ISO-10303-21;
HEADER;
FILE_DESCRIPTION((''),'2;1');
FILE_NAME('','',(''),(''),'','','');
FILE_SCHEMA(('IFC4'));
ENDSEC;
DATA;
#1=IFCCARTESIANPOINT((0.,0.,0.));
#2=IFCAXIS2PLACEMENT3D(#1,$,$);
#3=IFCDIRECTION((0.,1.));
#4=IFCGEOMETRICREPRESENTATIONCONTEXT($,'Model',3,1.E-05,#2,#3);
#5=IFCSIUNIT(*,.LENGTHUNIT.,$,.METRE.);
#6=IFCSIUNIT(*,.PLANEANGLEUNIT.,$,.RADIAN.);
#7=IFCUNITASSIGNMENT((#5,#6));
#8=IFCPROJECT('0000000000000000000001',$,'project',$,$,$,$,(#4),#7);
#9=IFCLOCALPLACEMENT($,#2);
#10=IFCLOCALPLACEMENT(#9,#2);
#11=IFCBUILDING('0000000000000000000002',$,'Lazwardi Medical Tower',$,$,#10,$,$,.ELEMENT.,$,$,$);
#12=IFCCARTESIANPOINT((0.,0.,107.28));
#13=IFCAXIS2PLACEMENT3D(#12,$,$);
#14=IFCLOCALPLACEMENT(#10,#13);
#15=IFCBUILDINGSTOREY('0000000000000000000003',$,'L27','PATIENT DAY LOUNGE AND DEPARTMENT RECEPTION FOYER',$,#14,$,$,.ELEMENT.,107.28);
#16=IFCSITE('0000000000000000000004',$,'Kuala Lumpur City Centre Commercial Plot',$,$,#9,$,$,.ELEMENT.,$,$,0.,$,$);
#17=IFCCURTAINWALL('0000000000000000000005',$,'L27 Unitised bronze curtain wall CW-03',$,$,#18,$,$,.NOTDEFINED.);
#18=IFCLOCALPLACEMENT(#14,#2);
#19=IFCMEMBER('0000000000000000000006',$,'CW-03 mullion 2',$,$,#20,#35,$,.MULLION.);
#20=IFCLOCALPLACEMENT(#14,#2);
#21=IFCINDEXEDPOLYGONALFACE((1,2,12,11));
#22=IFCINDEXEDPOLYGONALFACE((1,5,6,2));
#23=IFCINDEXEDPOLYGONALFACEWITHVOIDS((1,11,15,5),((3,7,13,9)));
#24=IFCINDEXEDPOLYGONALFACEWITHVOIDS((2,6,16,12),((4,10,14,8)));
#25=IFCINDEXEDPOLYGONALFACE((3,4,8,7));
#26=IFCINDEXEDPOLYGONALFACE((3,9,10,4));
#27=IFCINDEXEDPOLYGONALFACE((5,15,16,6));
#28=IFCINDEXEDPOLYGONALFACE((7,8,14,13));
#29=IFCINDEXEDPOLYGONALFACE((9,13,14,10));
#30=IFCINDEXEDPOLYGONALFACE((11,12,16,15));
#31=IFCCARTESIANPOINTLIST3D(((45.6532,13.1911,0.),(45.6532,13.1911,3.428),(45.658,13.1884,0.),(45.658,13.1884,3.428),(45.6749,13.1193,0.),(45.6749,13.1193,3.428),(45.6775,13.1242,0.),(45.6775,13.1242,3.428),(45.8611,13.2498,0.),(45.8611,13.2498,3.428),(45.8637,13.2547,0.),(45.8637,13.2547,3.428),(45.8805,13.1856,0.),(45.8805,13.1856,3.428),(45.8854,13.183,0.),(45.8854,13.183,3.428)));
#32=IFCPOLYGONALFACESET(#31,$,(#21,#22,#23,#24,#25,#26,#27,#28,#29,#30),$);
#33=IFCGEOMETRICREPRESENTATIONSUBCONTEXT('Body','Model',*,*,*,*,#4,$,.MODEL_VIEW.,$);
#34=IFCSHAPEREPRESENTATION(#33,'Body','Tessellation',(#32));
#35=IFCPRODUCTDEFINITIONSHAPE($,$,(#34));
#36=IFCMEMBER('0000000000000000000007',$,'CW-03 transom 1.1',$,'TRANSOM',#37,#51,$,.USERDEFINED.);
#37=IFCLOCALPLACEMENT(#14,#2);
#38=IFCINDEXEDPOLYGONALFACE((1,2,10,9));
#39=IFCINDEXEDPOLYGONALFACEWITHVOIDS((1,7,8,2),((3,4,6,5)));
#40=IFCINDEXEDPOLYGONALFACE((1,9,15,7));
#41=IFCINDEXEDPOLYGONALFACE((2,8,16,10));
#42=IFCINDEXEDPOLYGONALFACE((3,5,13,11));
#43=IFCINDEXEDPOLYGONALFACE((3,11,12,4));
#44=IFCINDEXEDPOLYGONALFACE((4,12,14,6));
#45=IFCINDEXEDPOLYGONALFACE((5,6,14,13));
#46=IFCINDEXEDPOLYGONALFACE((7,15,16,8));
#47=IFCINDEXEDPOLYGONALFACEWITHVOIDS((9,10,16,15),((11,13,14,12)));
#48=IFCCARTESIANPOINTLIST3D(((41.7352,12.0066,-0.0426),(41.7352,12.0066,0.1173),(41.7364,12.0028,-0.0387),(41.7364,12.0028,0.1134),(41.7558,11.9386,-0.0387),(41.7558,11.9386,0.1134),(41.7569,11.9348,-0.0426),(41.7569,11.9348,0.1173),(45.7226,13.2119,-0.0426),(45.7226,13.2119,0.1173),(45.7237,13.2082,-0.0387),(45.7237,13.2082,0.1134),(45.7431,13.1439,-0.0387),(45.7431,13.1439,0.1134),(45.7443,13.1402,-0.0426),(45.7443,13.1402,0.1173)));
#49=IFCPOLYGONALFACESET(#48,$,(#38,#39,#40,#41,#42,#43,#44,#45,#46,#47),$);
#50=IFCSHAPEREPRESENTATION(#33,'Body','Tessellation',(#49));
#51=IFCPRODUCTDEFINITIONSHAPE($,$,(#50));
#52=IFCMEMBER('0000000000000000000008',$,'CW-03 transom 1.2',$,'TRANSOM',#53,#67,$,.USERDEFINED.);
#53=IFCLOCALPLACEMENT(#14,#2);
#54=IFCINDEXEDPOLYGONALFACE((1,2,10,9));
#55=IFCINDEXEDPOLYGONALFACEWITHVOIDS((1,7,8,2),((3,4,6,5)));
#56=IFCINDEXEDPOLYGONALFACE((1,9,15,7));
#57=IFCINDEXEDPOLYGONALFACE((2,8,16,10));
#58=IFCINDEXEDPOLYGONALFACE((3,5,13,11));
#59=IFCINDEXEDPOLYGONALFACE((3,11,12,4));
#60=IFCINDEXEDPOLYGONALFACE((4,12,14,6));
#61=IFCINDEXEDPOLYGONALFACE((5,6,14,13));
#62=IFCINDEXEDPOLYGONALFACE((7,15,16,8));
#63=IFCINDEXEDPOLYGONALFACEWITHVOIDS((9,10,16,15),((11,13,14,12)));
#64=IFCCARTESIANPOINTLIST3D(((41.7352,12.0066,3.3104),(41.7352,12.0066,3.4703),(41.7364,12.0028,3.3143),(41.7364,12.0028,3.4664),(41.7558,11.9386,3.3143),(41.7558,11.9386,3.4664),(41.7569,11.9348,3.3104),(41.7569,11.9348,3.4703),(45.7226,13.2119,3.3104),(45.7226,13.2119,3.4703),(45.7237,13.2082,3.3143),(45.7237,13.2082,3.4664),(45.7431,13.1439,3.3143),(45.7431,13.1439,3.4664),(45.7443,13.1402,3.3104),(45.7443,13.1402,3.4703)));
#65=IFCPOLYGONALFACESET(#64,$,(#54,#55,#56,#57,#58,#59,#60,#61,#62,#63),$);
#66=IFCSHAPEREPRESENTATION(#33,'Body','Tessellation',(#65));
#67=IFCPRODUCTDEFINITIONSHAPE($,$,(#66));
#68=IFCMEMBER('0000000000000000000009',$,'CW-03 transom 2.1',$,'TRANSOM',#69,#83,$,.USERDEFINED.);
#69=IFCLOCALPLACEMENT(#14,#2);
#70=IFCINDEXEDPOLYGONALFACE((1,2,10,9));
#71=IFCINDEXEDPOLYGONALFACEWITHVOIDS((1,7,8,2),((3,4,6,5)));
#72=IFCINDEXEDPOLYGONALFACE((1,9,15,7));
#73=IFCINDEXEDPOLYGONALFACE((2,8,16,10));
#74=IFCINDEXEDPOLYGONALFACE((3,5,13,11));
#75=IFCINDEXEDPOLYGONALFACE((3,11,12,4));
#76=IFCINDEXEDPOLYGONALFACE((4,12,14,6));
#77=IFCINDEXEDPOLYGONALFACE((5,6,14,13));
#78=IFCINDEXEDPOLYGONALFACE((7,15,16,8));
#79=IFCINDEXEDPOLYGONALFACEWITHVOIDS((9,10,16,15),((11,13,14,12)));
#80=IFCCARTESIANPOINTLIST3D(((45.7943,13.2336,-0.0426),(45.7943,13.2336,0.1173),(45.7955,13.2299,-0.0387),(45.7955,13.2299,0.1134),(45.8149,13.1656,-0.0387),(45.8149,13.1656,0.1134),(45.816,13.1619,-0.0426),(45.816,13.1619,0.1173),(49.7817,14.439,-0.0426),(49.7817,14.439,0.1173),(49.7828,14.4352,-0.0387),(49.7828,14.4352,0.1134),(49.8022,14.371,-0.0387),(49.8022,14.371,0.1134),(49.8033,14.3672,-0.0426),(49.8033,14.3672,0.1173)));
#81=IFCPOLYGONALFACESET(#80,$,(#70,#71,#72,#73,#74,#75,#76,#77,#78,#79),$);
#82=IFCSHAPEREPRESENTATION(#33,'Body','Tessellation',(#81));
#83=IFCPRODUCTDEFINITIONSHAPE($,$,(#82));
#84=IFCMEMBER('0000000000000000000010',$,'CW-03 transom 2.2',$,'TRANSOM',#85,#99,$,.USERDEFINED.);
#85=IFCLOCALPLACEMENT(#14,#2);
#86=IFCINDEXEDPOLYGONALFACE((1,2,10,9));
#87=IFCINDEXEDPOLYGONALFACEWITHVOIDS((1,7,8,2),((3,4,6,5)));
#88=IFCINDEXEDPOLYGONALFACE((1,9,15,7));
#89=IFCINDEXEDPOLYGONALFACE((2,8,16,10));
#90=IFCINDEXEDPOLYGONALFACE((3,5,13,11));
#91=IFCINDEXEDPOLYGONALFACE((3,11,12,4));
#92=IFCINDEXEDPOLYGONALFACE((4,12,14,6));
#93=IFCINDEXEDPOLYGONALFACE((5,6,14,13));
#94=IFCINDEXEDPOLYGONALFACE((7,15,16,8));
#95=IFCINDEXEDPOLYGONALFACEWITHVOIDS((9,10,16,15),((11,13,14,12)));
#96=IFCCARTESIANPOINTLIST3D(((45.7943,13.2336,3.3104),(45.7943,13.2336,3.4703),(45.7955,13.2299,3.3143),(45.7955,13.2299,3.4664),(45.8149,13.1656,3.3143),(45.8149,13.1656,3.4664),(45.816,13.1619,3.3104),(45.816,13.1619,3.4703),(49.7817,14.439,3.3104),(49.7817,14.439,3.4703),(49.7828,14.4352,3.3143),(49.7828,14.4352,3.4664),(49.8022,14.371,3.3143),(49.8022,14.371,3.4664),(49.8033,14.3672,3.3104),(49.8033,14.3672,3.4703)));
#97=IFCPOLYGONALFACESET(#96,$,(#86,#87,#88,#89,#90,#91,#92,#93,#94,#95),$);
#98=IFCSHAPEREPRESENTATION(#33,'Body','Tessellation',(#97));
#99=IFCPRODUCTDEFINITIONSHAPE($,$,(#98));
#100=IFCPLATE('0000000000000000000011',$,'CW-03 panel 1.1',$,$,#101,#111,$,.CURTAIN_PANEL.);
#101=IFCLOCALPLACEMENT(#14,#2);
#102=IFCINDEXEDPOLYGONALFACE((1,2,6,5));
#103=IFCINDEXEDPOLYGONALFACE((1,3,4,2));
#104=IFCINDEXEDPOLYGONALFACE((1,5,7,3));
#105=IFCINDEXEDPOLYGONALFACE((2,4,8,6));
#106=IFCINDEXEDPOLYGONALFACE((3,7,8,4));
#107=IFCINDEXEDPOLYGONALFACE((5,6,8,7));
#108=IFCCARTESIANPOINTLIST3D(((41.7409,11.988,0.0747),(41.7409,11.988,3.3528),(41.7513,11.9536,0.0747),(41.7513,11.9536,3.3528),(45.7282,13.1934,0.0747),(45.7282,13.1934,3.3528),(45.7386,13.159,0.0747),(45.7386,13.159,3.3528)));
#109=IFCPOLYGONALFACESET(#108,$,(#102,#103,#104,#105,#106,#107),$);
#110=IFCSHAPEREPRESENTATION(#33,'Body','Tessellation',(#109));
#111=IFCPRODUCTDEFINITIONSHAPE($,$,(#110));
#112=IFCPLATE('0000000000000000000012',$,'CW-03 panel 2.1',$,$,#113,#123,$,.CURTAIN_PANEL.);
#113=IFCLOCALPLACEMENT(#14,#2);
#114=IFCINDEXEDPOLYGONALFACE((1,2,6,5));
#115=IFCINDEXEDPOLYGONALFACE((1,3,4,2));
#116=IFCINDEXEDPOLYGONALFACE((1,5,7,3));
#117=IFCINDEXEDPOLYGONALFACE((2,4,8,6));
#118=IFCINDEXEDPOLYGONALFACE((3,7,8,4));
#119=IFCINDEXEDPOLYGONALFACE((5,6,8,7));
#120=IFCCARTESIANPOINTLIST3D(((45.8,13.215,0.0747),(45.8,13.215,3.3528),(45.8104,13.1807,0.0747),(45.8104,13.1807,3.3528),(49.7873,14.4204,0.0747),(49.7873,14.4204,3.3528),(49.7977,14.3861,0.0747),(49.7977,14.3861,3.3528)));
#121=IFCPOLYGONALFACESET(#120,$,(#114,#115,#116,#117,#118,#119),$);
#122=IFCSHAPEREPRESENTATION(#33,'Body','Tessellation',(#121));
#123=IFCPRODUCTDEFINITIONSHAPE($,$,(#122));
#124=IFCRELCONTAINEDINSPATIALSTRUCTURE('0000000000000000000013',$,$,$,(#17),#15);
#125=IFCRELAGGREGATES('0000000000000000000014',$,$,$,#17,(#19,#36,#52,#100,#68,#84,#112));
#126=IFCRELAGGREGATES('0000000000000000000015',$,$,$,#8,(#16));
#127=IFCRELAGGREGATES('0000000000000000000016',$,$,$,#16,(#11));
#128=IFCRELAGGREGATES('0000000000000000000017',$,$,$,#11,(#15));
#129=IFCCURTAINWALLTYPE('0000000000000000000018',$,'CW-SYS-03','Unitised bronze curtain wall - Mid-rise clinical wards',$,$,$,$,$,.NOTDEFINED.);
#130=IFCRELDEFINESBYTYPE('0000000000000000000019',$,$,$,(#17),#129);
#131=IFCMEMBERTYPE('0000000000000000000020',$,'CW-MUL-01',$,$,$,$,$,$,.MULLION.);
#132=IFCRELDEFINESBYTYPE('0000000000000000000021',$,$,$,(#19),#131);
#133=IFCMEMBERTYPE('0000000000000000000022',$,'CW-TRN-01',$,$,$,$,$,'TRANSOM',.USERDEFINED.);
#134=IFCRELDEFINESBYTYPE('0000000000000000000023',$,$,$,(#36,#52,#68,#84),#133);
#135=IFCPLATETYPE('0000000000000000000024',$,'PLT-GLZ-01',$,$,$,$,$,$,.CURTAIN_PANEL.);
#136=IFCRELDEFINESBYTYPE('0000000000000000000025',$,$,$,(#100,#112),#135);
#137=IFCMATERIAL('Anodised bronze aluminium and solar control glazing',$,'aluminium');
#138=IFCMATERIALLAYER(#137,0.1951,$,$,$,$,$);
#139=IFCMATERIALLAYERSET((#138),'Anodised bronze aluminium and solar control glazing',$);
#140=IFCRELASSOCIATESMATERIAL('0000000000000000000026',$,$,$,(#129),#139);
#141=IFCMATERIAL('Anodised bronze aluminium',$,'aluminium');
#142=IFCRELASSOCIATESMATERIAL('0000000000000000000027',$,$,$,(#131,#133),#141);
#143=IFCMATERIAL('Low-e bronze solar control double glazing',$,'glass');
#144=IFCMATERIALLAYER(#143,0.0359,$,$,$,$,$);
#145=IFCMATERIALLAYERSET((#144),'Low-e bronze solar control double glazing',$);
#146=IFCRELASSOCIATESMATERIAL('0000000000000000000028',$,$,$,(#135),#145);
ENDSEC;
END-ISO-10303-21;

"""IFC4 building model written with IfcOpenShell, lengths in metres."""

from ifc_helpers import new_model, si_unit, direction, frame, origin, origin_2d, place, context, subcontext, project, spatial, rectangle, hollow_rectangle, extrude, material, layer, layer_set, material_profile, profile_set, type_object, element, aggregate, save


model = new_model("IFC4")

# Units and contexts
model_context = context("Model", 3, precision=1e-05, world=origin(), true_north=direction((0.0, 1.0)))
body_context = subcontext(model_context, "Body", "Model", "MODEL_VIEW")
ifc_project = project(units=[si_unit("LENGTHUNIT", "METRE"), si_unit("PLANEANGLEUNIT", "RADIAN")], contexts=[model_context])

# Site, building, storey
site_placement = place(None, origin())
site = spatial("IfcSite", under=ifc_project, at=site_placement, Name="Kuala Lumpur City Centre Commercial Plot", CompositionType="ELEMENT", RefElevation=0.0)
building_placement = place(site_placement, origin())
building = spatial("IfcBuilding", under=site, at=building_placement, Name="Lazwardi Medical Tower", CompositionType="ELEMENT")
storey_placement = place(building_placement, frame((0.0, 0.0, 107.28)))
storey = spatial("IfcBuildingStorey", under=building, at=storey_placement, Name="L27", Description="PATIENT DAY LOUNGE AND DEPARTMENT RECEPTION FOYER", CompositionType="ELEMENT", Elevation=107.28)

# Curtain wall, members, plates
ifc_material_1 = material(Name="Anodised bronze aluminium and solar control glazing", Category="aluminium")
ifc_layer_1 = layer(ifc_material_1, 0.1951)
ifc_layer_set_1 = layer_set([ifc_layer_1], Name="Anodised bronze aluminium and solar control glazing")
curtain_wall_type = type_object("IfcCurtainWallType", Name="CW-SYS-03", Description="Unitised bronze curtain wall - Mid-rise clinical wards", PredefinedType="NOTDEFINED", material=ifc_layer_set_1)
curtain_wall_placement = place(storey_placement, origin())
curtain_wall = element("IfcCurtainWall", 1, at=curtain_wall_placement, inside=storey, type_object=curtain_wall_type, Name="L27 Unitised bronze curtain wall CW-03", PredefinedType="NOTDEFINED")
ifc_material_2 = material(Name="Anodised bronze aluminium", Category="aluminium")
ifc_material_profile_1 = material_profile(ifc_material_2, hollow_rectangle(XDim=0.075, YDim=0.22, WallThickness=0.0039, at=origin_2d()), Name="ALU-MULLION 220x75x4")
ifc_profile_set_1 = profile_set([ifc_material_profile_1], Name="Anodised bronze aluminium")
member_type_1 = type_object("IfcMemberType", Name="CW-MUL-01", PredefinedType="MULLION", material=ifc_profile_set_1)
member_1_placement = place(storey_placement, frame((45.7693, 13.187, 0.0), z_axis=(0.0, 0.0, 1.0), x_axis=(-0.289374, 0.957216, 0.0)))
member_1 = element("IfcMember", 2, at=member_1_placement, type_object=member_type_1, Name="CW-03 mullion 2", PredefinedType="MULLION", context=body_context, shape_type="SweptSolid", body=[
    extrude(hollow_rectangle(XDim=0.075, YDim=0.22, WallThickness=0.0039, at=origin_2d()), origin(), (0.0, 0.0, 1.0), 3.428),
])
ifc_material_profile_2 = material_profile(ifc_material_2, hollow_rectangle(XDim=0.075, YDim=0.1599, WallThickness=0.0039, at=origin_2d()), Name="ALU-TRANSOM 160x75x4")
ifc_profile_set_2 = profile_set([ifc_material_profile_2], Name="Anodised bronze aluminium")
member_type_2 = type_object("IfcMemberType", Name="CW-TRN-01", ElementType="TRANSOM", PredefinedType="USERDEFINED", material=ifc_profile_set_2)
member_2_placement = place(storey_placement, frame((41.7461, 11.9707, 0.0374), z_axis=(0.957221, 0.289358, 0.0), x_axis=(-0.289358, 0.957221, 0.0)))
member_2 = element("IfcMember", 3, at=member_2_placement, type_object=member_type_2, Name="CW-03 transom 1.1", ObjectType="TRANSOM", PredefinedType="USERDEFINED", context=body_context, shape_type="SweptSolid", body=[
    extrude(hollow_rectangle(XDim=0.075, YDim=0.1599, WallThickness=0.0039, at=origin_2d()), origin(), (0.0, 0.0, 1.0), 4.1655),
])
member_3_placement = place(storey_placement, frame((41.7461, 11.9707, 3.3904), z_axis=(0.957221, 0.289358, 0.0), x_axis=(-0.289358, 0.957221, 0.0)))
member_3 = element("IfcMember", 4, at=member_3_placement, type_object=member_type_2, Name="CW-03 transom 1.2", ObjectType="TRANSOM", PredefinedType="USERDEFINED", context=body_context, shape_type="SweptSolid", body=[
    extrude(hollow_rectangle(XDim=0.075, YDim=0.1599, WallThickness=0.0039, at=origin_2d()), origin(), (0.0, 0.0, 1.0), 4.1655),
])
member_4_placement = place(storey_placement, frame((45.8052, 13.1978, 0.0374), z_axis=(0.957221, 0.289358, 0.0), x_axis=(-0.289358, 0.957221, 0.0)))
member_4 = element("IfcMember", 5, at=member_4_placement, type_object=member_type_2, Name="CW-03 transom 2.1", ObjectType="TRANSOM", PredefinedType="USERDEFINED", context=body_context, shape_type="SweptSolid", body=[
    extrude(hollow_rectangle(XDim=0.075, YDim=0.1599, WallThickness=0.0039, at=origin_2d()), origin(), (0.0, 0.0, 1.0), 4.1655),
])
member_5_placement = place(storey_placement, frame((45.8052, 13.1978, 3.3904), z_axis=(0.957221, 0.289358, 0.0), x_axis=(-0.289358, 0.957221, 0.0)))
member_5 = element("IfcMember", 6, at=member_5_placement, type_object=member_type_2, Name="CW-03 transom 2.2", ObjectType="TRANSOM", PredefinedType="USERDEFINED", context=body_context, shape_type="SweptSolid", body=[
    extrude(hollow_rectangle(XDim=0.075, YDim=0.1599, WallThickness=0.0039, at=origin_2d()), origin(), (0.0, 0.0, 1.0), 4.1655),
])
ifc_material_3 = material(Name="Low-e bronze solar control double glazing", Category="glass")
ifc_layer_2 = layer(ifc_material_3, 0.0359)
ifc_layer_set_2 = layer_set([ifc_layer_2], Name="Low-e bronze solar control double glazing")
plate_type = type_object("IfcPlateType", Name="PLT-GLZ-01", PredefinedType="CURTAIN_PANEL", material=ifc_layer_set_2)
plate_1_placement = place(storey_placement, frame((43.7397, 12.5735, 0.0747), z_axis=(0.0, 0.0, 1.0), x_axis=(0.957216, 0.289374, 0.0)))
plate_1 = element("IfcPlate", 7, at=plate_1_placement, type_object=plate_type, Name="CW-03 panel 1.1", PredefinedType="CURTAIN_PANEL", context=body_context, shape_type="SweptSolid", body=[
    extrude(rectangle(XDim=4.1655, YDim=0.0359, at=origin_2d()), origin(), (0.0, 0.0, 1.0), 3.2781),
])
plate_2_placement = place(storey_placement, frame((47.7988, 13.8005, 0.0747), z_axis=(0.0, 0.0, 1.0), x_axis=(0.957216, 0.289374, 0.0)))
plate_2 = element("IfcPlate", 8, at=plate_2_placement, type_object=plate_type, Name="CW-03 panel 2.1", PredefinedType="CURTAIN_PANEL", context=body_context, shape_type="SweptSolid", body=[
    extrude(rectangle(XDim=4.1655, YDim=0.0359, at=origin_2d()), origin(), (0.0, 0.0, 1.0), 3.2781),
])
aggregate(curtain_wall, [member_1, member_2, member_3, plate_1, member_4, member_5, plate_2])

save(model, "model.ifc")
